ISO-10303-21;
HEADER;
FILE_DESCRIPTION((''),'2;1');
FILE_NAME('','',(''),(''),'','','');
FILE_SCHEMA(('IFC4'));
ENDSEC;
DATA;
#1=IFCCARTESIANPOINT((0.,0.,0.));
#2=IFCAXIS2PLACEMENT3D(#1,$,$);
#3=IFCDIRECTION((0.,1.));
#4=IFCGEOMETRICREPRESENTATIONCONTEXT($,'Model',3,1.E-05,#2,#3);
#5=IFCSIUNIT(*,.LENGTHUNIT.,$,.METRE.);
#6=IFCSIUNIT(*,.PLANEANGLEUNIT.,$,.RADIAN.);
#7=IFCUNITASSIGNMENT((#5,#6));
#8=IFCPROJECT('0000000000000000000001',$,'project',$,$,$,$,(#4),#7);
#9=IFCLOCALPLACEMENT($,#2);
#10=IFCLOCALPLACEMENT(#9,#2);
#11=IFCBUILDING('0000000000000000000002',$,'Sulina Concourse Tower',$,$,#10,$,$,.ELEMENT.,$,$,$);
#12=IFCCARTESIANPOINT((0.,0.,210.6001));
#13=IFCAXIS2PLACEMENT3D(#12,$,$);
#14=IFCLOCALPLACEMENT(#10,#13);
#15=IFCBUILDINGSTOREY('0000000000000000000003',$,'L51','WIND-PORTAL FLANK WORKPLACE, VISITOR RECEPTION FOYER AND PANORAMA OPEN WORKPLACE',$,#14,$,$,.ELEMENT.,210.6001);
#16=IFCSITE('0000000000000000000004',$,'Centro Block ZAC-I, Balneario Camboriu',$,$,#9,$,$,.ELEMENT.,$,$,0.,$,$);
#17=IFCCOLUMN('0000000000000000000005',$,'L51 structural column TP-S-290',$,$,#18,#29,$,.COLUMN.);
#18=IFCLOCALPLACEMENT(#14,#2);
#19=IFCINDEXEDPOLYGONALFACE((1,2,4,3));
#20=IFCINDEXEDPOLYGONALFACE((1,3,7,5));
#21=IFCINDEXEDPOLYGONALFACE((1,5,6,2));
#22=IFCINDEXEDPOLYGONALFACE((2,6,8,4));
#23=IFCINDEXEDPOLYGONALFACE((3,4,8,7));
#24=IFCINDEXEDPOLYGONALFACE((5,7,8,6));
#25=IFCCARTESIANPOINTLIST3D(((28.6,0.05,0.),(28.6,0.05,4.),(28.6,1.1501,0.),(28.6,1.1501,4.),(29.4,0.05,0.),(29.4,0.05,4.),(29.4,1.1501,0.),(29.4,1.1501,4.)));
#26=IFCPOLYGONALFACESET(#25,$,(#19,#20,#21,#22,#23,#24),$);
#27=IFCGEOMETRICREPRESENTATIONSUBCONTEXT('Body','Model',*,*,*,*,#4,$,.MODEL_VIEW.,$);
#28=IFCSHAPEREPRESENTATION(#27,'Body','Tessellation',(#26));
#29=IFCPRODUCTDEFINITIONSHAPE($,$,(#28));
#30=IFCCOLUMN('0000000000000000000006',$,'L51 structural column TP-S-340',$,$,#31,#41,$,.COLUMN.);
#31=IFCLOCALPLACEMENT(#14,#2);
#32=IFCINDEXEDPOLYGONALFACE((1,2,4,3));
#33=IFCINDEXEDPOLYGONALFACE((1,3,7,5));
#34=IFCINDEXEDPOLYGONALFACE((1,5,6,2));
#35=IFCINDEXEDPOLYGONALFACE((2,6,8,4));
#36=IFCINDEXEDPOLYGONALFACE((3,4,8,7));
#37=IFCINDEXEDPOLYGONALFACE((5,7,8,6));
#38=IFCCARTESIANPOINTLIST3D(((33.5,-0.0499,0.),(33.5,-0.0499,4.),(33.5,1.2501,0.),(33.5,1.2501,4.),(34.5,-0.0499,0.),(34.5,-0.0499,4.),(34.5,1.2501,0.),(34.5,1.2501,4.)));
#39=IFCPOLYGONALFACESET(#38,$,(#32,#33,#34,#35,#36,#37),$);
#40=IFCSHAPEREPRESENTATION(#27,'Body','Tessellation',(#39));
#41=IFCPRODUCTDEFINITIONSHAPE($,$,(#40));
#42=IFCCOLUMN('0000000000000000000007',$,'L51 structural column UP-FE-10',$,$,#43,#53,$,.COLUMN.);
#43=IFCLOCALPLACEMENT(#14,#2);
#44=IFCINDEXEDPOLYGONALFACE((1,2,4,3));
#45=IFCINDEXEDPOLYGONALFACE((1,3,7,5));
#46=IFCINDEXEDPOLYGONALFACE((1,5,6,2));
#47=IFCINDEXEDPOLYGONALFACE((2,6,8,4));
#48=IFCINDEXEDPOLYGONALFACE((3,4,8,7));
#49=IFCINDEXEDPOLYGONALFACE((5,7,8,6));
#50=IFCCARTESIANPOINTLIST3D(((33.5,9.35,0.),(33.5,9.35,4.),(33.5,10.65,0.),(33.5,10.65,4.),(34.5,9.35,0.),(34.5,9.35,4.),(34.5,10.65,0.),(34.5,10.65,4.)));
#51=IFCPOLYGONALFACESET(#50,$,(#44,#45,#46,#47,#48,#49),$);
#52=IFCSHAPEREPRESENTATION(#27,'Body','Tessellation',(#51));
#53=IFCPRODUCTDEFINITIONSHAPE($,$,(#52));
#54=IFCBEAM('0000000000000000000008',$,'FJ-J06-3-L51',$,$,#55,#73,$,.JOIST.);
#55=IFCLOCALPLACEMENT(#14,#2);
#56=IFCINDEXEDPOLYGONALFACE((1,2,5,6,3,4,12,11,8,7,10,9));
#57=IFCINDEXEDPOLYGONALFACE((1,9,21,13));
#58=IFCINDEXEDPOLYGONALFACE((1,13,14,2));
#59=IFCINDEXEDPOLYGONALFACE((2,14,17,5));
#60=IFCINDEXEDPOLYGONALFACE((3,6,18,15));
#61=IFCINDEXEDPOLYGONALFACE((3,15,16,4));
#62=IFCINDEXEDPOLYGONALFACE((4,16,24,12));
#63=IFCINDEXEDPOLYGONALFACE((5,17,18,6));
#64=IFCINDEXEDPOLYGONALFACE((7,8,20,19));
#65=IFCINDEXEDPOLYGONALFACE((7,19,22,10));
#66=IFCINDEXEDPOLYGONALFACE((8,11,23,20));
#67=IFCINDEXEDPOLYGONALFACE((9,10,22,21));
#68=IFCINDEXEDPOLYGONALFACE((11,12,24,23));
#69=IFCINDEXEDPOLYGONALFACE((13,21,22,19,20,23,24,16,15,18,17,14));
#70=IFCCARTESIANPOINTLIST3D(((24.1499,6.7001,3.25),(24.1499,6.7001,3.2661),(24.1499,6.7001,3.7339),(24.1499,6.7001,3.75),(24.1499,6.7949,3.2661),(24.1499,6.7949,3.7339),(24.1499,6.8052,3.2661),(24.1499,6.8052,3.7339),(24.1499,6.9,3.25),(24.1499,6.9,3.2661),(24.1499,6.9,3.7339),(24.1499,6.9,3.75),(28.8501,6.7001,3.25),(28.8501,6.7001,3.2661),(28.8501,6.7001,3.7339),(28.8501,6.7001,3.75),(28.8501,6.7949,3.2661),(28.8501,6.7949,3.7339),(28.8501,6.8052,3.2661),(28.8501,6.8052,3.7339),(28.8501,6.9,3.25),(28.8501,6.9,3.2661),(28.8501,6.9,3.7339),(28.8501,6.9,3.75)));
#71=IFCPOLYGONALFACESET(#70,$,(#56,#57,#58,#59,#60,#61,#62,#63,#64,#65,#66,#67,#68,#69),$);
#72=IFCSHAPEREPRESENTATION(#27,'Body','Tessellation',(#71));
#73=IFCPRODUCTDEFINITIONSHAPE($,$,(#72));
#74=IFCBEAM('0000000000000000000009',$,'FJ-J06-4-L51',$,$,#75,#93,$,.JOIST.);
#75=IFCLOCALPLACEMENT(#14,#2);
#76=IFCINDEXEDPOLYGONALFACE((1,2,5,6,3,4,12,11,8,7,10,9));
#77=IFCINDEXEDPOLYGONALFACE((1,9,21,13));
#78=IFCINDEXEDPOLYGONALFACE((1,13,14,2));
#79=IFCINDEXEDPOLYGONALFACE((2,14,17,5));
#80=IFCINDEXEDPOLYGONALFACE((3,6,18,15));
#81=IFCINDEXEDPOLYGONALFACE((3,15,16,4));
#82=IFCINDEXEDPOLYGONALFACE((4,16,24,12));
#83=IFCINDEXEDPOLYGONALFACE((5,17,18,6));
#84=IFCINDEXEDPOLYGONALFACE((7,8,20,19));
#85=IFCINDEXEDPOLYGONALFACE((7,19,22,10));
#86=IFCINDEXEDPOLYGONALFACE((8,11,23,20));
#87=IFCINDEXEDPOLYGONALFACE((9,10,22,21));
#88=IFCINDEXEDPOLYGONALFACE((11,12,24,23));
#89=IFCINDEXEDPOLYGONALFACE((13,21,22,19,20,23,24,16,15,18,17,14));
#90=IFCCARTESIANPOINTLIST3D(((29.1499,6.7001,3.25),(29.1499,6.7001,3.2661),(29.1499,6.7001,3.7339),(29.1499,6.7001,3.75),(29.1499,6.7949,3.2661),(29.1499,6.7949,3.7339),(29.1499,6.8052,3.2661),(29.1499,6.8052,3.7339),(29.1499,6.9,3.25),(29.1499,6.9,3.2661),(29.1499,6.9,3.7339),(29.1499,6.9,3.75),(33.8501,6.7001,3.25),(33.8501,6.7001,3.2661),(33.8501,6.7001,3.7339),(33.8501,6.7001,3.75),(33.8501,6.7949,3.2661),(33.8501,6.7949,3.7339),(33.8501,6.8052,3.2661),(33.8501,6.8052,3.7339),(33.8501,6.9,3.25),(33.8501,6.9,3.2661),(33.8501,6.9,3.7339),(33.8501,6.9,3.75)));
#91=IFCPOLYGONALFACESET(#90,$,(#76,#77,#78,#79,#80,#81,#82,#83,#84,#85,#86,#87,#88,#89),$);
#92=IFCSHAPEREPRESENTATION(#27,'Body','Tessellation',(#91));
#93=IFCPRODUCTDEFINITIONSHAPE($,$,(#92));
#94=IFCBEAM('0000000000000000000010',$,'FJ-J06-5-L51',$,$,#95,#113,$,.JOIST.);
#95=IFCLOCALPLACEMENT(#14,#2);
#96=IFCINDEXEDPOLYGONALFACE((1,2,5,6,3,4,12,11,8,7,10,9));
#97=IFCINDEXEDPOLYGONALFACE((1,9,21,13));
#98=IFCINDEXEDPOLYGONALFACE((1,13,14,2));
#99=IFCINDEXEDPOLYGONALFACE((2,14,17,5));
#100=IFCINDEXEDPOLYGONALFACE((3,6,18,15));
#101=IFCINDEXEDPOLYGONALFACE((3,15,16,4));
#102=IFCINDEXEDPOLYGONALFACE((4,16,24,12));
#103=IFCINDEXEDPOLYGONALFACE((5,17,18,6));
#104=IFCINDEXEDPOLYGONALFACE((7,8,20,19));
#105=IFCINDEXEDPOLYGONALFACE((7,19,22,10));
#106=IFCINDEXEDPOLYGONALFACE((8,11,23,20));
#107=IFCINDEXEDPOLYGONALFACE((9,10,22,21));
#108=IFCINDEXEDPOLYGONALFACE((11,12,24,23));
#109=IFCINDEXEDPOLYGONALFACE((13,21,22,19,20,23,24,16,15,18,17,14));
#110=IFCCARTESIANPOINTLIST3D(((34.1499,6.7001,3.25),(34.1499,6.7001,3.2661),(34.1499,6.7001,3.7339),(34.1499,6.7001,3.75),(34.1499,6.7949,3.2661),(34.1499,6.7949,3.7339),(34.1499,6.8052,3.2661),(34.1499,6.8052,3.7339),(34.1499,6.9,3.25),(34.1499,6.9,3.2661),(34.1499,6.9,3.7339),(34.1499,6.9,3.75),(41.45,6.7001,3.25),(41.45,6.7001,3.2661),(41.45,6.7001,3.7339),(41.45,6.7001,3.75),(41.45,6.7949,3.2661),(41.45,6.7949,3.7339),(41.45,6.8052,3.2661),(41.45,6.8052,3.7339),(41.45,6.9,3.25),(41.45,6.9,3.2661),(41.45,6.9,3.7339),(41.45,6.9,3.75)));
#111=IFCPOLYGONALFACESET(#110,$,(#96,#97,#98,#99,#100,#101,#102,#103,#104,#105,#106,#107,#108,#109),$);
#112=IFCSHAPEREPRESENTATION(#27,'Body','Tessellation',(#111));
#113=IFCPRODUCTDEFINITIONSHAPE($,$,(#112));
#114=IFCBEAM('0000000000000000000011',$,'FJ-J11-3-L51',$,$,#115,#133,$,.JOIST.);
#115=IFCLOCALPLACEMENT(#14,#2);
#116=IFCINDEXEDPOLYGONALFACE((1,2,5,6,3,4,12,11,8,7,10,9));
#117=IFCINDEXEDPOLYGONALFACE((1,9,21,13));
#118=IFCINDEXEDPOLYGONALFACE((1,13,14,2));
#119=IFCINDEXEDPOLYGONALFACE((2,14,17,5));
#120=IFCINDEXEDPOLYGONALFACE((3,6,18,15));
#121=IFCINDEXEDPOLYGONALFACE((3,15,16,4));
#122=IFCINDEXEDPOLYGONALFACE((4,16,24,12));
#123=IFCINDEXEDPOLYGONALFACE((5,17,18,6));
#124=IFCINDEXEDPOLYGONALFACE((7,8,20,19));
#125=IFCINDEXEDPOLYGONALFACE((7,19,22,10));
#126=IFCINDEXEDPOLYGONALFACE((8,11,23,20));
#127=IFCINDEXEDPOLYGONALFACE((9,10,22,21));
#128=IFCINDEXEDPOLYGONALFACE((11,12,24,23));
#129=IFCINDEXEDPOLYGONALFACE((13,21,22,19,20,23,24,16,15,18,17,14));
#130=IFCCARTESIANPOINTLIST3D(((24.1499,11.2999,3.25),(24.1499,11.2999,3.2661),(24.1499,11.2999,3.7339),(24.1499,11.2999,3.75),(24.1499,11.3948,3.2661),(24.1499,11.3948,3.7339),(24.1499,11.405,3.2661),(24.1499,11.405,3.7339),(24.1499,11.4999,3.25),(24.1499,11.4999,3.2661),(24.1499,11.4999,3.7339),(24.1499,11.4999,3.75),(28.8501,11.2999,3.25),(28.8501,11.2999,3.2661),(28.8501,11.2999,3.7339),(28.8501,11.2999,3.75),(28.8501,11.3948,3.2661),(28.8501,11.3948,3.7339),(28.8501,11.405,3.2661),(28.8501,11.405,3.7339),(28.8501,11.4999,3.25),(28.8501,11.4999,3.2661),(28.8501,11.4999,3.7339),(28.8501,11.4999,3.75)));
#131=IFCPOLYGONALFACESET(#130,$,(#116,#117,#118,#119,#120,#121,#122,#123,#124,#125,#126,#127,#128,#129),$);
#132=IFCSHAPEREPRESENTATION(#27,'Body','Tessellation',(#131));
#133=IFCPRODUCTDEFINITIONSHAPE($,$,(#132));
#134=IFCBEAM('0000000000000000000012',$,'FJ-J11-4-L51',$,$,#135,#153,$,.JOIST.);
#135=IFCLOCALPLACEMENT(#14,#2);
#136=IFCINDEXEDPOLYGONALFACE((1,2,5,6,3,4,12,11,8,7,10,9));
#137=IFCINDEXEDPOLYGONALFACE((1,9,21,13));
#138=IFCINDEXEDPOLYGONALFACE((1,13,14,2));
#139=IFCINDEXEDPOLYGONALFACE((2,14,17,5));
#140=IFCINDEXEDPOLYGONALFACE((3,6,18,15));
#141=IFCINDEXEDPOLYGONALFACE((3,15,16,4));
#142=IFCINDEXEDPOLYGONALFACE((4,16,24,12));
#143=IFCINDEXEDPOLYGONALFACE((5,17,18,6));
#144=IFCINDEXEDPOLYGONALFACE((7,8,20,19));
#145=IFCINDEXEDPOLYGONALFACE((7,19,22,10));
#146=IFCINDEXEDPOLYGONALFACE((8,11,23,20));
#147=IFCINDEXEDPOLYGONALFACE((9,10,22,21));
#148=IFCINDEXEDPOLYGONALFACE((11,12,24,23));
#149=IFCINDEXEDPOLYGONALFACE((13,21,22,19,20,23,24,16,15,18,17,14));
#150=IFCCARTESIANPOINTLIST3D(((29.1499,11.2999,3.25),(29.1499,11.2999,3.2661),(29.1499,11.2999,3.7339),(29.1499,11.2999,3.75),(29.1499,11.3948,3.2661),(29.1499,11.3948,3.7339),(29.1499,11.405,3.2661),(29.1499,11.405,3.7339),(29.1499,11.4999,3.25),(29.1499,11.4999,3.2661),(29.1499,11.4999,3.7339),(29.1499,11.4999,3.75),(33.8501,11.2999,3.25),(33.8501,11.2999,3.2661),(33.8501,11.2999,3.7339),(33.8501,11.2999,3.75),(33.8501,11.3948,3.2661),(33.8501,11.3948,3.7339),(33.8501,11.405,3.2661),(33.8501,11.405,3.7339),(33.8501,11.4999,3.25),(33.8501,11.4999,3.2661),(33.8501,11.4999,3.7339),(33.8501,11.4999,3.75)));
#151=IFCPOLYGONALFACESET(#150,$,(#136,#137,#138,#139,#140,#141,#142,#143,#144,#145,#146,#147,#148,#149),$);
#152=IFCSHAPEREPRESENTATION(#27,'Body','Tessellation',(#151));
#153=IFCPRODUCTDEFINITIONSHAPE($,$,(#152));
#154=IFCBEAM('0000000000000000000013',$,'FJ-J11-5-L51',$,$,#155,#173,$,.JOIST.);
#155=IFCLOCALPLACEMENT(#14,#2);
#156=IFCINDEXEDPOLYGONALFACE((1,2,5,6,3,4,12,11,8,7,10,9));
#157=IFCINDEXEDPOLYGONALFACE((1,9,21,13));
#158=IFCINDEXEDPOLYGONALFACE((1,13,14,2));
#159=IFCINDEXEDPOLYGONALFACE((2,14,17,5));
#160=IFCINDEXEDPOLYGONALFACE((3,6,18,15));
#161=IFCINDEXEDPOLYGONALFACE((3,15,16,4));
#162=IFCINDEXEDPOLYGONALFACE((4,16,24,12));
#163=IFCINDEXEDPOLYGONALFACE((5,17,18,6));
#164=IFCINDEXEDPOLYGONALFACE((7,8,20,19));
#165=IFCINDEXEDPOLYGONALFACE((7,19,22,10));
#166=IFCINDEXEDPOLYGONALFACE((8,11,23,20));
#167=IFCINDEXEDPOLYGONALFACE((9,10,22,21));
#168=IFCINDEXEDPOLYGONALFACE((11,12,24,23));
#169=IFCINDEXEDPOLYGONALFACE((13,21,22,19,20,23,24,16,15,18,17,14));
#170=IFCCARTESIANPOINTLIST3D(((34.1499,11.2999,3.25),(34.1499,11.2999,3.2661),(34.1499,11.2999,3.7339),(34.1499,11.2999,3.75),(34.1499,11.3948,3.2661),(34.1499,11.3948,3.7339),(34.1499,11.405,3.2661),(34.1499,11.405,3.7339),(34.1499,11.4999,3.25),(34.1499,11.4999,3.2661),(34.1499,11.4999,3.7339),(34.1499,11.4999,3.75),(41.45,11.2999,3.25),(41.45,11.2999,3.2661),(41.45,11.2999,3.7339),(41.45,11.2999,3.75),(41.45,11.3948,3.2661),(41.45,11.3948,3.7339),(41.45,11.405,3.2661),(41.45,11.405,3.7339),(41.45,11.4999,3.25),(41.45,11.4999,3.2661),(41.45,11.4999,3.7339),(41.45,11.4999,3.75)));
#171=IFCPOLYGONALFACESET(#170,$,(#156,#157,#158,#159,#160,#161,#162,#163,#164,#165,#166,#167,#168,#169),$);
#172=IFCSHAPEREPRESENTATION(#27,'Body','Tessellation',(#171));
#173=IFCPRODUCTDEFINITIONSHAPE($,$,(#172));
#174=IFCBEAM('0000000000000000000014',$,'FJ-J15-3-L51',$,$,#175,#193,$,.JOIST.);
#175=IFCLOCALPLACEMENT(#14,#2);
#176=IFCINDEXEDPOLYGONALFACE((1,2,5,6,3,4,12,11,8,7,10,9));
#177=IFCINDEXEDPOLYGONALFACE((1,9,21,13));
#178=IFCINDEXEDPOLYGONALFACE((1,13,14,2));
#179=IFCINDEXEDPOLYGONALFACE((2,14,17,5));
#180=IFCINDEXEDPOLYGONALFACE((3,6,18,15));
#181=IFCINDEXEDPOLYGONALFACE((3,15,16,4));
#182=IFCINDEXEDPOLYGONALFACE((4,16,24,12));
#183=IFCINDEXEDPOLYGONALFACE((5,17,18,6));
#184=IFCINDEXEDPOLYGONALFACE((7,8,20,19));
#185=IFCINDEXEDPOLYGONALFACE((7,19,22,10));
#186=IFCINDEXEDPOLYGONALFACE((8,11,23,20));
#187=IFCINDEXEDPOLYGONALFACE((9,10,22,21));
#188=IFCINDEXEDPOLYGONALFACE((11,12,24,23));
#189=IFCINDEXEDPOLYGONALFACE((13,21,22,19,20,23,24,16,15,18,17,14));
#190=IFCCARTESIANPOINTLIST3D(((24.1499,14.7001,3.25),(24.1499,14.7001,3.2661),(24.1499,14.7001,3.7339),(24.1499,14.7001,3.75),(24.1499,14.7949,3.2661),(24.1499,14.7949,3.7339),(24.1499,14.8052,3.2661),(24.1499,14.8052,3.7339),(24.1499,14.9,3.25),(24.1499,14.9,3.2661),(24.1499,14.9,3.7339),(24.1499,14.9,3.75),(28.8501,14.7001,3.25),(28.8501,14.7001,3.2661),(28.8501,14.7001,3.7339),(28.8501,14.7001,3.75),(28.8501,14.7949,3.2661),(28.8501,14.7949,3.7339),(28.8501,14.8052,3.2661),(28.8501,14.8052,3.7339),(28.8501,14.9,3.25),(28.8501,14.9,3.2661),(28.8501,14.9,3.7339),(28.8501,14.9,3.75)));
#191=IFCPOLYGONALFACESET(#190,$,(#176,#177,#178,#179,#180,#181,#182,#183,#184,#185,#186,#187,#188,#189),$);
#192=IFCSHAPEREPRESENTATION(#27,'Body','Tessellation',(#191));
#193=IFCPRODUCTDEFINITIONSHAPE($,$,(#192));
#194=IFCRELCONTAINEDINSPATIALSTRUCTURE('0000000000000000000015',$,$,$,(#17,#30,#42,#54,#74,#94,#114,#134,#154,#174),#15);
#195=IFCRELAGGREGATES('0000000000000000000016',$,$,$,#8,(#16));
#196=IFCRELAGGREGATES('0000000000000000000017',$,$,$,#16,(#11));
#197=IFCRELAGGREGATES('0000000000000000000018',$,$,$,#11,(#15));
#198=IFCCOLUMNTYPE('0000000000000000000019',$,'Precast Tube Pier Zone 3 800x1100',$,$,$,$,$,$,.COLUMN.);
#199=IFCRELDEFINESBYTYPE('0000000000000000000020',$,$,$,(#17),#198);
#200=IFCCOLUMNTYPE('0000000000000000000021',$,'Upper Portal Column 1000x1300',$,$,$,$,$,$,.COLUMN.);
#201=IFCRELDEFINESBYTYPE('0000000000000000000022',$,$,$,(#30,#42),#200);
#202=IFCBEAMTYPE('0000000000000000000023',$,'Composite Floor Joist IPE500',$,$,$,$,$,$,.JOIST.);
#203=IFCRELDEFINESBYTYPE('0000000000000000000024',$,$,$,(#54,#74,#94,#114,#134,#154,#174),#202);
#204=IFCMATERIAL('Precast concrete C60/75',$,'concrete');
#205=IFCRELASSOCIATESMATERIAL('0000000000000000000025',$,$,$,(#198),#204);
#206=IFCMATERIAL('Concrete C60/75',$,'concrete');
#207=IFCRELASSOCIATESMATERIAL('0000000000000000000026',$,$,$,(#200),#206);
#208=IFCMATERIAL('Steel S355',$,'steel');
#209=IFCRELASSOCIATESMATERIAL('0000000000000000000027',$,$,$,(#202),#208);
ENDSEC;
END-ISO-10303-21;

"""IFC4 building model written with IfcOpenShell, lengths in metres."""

from ifc_helpers import new_model, si_unit, direction, frame, origin, origin_2d, place, context, subcontext, project, spatial, rectangle, i_section, extrude, material, material_profile, profile_set, type_object, element, save


model = new_model("IFC4")

# Units and contexts
model_context = context("Model", 3, precision=1e-05, world=origin(), true_north=direction((0.0, 1.0)))
body_context = subcontext(model_context, "Body", "Model", "MODEL_VIEW")
ifc_project = project(units=[si_unit("LENGTHUNIT", "METRE"), si_unit("PLANEANGLEUNIT", "RADIAN")], contexts=[model_context])

# Site, building, storey
site_placement = place(None, origin())
site = spatial("IfcSite", under=ifc_project, at=site_placement, Name="Centro Block ZAC-I, Balneario Camboriu", CompositionType="ELEMENT", RefElevation=0.0)
building_placement = place(site_placement, origin())
building = spatial("IfcBuilding", under=site, at=building_placement, Name="Sulina Concourse Tower", CompositionType="ELEMENT")
storey_placement = place(building_placement, frame((0.0, 0.0, 210.6001)))
storey = spatial("IfcBuildingStorey", under=building, at=storey_placement, Name="L51", Description="WIND-PORTAL FLANK WORKPLACE, VISITOR RECEPTION FOYER AND PANORAMA OPEN WORKPLACE", CompositionType="ELEMENT", Elevation=210.6001)

# Columns
ifc_material_1 = material(Name="Precast concrete C60/75", Category="concrete")
ifc_material_profile_1 = material_profile(ifc_material_1, rectangle(XDim=0.8, YDim=1.1001, at=origin_2d()), Name="PC 800x1100")
ifc_profile_set_1 = profile_set([ifc_material_profile_1], Name="Precast concrete C60/75")
column_type_1 = type_object("IfcColumnType", Name="Precast Tube Pier Zone 3 800x1100", PredefinedType="COLUMN", material=ifc_profile_set_1)
column_placement = place(storey_placement, frame((29.0, 0.6001, 0.0), z_axis=(0.0, 0.0, 1.0), x_axis=(1.0, 0.0, 0.0)))
element("IfcColumn", 1, at=column_placement, inside=storey, type_object=column_type_1, Name="L51 structural column TP-S-290", PredefinedType="COLUMN", context=body_context, shape_type="SweptSolid", body=[
    extrude(rectangle(XDim=0.8, YDim=1.1001, at=origin_2d()), origin(), (0.0, 0.0, 1.0), 4.0),
])
ifc_material_2 = material(Name="Concrete C60/75", Category="concrete")
ifc_material_profile_2 = material_profile(ifc_material_2, rectangle(XDim=1.0, YDim=1.3, at=origin_2d()), Name="RC 1000x1300")
ifc_profile_set_2 = profile_set([ifc_material_profile_2], Name="Concrete C60/75")
column_type_2 = type_object("IfcColumnType", Name="Upper Portal Column 1000x1300", PredefinedType="COLUMN", material=ifc_profile_set_2)
for number, where, z_axis, x_axis, name in (
    (2, (34.0, 0.6001, 0.0), (0.0, 0.0, 1.0), (1.0, 0.0, 0.0), "L51 structural column TP-S-340"),
    (3, (34.0, 10.0, 0.0), (0.0, 0.0, 1.0), (1.0, 0.0, 0.0), "L51 structural column UP-FE-10"),
):
    element("IfcColumn", number, at=place(storey_placement, frame(where, z_axis=z_axis, x_axis=x_axis)), inside=storey, type_object=column_type_2, Name=name, PredefinedType="COLUMN", context=body_context, shape_type="SweptSolid", body=[
        extrude(rectangle(XDim=1.0, YDim=1.3, at=origin_2d()), origin(), (0.0, 0.0, 1.0), 4.0),
    ])

# Beams
ifc_material_3 = material(Name="Steel S355", Category="steel")
ifc_material_profile_3 = material_profile(ifc_material_3, i_section(OverallWidth=0.2, OverallDepth=0.5, WebThickness=0.0103, FlangeThickness=0.0161, at=origin_2d()), Name="IPE 500")
ifc_profile_set_3 = profile_set([ifc_material_profile_3], Name="Steel S355")
beam_type_1 = type_object("IfcBeamType", Name="Composite Floor Joist IPE500", PredefinedType="JOIST", material=ifc_profile_set_3)
for number, where, z_axis, x_axis, name in (
    (4, (24.1499, 6.8, 3.5), (1.0, 0.0, 0.0), (0.0, 1.0, 0.0), "FJ-J06-3-L51"),
    (5, (29.1499, 6.8, 3.5), (1.0, 0.0, 0.0), (0.0, 1.0, 0.0), "FJ-J06-4-L51"),
):
    element("IfcBeam", number, at=place(storey_placement, frame(where, z_axis=z_axis, x_axis=x_axis)), inside=storey, type_object=beam_type_1, Name=name, PredefinedType="JOIST", context=body_context, shape_type="SweptSolid", body=[
        extrude(i_section(OverallWidth=0.2, OverallDepth=0.5, WebThickness=0.0103, FlangeThickness=0.0161, at=origin_2d()), origin(), (0.0, 0.0, 1.0), 4.7002),
    ])
beam_1_placement = place(storey_placement, frame((34.1499, 6.8, 3.5), z_axis=(1.0, 0.0, 0.0), x_axis=(0.0, 1.0, 0.0)))
element("IfcBeam", 6, at=beam_1_placement, inside=storey, type_object=beam_type_1, Name="FJ-J06-5-L51", PredefinedType="JOIST", context=body_context, shape_type="SweptSolid", body=[
    extrude(i_section(OverallWidth=0.2, OverallDepth=0.5, WebThickness=0.0103, FlangeThickness=0.0161, at=origin_2d()), origin(), (0.0, 0.0, 1.0), 7.3),
])
for number, where, z_axis, x_axis, name in (
    (7, (24.1499, 11.3999, 3.5), (1.0, 0.0, 0.0), (0.0, 1.0, 0.0), "FJ-J11-3-L51"),
    (8, (29.1499, 11.3999, 3.5), (1.0, 0.0, 0.0), (0.0, 1.0, 0.0), "FJ-J11-4-L51"),
):
    element("IfcBeam", number, at=place(storey_placement, frame(where, z_axis=z_axis, x_axis=x_axis)), inside=storey, type_object=beam_type_1, Name=name, PredefinedType="JOIST", context=body_context, shape_type="SweptSolid", body=[
        extrude(i_section(OverallWidth=0.2, OverallDepth=0.5, WebThickness=0.0103, FlangeThickness=0.0161, at=origin_2d()), origin(), (0.0, 0.0, 1.0), 4.7002),
    ])
beam_2_placement = place(storey_placement, frame((34.1499, 11.3999, 3.5), z_axis=(1.0, 0.0, 0.0), x_axis=(0.0, 1.0, 0.0)))
element("IfcBeam", 9, at=beam_2_placement, inside=storey, type_object=beam_type_1, Name="FJ-J11-5-L51", PredefinedType="JOIST", context=body_context, shape_type="SweptSolid", body=[
    extrude(i_section(OverallWidth=0.2, OverallDepth=0.5, WebThickness=0.0103, FlangeThickness=0.0161, at=origin_2d()), origin(), (0.0, 0.0, 1.0), 7.3),
])
for number, where, z_axis, x_axis, name in (
    (10, (24.1499, 14.8, 3.5), (1.0, 0.0, 0.0), (0.0, 1.0, 0.0), "FJ-J15-3-L51"),
):
    element("IfcBeam", number, at=place(storey_placement, frame(where, z_axis=z_axis, x_axis=x_axis)), inside=storey, type_object=beam_type_1, Name=name, PredefinedType="JOIST", context=body_context, shape_type="SweptSolid", body=[
        extrude(i_section(OverallWidth=0.2, OverallDepth=0.5, WebThickness=0.0103, FlangeThickness=0.0161, at=origin_2d()), origin(), (0.0, 0.0, 1.0), 4.7002),
    ])

save(model, "model.ifc")
